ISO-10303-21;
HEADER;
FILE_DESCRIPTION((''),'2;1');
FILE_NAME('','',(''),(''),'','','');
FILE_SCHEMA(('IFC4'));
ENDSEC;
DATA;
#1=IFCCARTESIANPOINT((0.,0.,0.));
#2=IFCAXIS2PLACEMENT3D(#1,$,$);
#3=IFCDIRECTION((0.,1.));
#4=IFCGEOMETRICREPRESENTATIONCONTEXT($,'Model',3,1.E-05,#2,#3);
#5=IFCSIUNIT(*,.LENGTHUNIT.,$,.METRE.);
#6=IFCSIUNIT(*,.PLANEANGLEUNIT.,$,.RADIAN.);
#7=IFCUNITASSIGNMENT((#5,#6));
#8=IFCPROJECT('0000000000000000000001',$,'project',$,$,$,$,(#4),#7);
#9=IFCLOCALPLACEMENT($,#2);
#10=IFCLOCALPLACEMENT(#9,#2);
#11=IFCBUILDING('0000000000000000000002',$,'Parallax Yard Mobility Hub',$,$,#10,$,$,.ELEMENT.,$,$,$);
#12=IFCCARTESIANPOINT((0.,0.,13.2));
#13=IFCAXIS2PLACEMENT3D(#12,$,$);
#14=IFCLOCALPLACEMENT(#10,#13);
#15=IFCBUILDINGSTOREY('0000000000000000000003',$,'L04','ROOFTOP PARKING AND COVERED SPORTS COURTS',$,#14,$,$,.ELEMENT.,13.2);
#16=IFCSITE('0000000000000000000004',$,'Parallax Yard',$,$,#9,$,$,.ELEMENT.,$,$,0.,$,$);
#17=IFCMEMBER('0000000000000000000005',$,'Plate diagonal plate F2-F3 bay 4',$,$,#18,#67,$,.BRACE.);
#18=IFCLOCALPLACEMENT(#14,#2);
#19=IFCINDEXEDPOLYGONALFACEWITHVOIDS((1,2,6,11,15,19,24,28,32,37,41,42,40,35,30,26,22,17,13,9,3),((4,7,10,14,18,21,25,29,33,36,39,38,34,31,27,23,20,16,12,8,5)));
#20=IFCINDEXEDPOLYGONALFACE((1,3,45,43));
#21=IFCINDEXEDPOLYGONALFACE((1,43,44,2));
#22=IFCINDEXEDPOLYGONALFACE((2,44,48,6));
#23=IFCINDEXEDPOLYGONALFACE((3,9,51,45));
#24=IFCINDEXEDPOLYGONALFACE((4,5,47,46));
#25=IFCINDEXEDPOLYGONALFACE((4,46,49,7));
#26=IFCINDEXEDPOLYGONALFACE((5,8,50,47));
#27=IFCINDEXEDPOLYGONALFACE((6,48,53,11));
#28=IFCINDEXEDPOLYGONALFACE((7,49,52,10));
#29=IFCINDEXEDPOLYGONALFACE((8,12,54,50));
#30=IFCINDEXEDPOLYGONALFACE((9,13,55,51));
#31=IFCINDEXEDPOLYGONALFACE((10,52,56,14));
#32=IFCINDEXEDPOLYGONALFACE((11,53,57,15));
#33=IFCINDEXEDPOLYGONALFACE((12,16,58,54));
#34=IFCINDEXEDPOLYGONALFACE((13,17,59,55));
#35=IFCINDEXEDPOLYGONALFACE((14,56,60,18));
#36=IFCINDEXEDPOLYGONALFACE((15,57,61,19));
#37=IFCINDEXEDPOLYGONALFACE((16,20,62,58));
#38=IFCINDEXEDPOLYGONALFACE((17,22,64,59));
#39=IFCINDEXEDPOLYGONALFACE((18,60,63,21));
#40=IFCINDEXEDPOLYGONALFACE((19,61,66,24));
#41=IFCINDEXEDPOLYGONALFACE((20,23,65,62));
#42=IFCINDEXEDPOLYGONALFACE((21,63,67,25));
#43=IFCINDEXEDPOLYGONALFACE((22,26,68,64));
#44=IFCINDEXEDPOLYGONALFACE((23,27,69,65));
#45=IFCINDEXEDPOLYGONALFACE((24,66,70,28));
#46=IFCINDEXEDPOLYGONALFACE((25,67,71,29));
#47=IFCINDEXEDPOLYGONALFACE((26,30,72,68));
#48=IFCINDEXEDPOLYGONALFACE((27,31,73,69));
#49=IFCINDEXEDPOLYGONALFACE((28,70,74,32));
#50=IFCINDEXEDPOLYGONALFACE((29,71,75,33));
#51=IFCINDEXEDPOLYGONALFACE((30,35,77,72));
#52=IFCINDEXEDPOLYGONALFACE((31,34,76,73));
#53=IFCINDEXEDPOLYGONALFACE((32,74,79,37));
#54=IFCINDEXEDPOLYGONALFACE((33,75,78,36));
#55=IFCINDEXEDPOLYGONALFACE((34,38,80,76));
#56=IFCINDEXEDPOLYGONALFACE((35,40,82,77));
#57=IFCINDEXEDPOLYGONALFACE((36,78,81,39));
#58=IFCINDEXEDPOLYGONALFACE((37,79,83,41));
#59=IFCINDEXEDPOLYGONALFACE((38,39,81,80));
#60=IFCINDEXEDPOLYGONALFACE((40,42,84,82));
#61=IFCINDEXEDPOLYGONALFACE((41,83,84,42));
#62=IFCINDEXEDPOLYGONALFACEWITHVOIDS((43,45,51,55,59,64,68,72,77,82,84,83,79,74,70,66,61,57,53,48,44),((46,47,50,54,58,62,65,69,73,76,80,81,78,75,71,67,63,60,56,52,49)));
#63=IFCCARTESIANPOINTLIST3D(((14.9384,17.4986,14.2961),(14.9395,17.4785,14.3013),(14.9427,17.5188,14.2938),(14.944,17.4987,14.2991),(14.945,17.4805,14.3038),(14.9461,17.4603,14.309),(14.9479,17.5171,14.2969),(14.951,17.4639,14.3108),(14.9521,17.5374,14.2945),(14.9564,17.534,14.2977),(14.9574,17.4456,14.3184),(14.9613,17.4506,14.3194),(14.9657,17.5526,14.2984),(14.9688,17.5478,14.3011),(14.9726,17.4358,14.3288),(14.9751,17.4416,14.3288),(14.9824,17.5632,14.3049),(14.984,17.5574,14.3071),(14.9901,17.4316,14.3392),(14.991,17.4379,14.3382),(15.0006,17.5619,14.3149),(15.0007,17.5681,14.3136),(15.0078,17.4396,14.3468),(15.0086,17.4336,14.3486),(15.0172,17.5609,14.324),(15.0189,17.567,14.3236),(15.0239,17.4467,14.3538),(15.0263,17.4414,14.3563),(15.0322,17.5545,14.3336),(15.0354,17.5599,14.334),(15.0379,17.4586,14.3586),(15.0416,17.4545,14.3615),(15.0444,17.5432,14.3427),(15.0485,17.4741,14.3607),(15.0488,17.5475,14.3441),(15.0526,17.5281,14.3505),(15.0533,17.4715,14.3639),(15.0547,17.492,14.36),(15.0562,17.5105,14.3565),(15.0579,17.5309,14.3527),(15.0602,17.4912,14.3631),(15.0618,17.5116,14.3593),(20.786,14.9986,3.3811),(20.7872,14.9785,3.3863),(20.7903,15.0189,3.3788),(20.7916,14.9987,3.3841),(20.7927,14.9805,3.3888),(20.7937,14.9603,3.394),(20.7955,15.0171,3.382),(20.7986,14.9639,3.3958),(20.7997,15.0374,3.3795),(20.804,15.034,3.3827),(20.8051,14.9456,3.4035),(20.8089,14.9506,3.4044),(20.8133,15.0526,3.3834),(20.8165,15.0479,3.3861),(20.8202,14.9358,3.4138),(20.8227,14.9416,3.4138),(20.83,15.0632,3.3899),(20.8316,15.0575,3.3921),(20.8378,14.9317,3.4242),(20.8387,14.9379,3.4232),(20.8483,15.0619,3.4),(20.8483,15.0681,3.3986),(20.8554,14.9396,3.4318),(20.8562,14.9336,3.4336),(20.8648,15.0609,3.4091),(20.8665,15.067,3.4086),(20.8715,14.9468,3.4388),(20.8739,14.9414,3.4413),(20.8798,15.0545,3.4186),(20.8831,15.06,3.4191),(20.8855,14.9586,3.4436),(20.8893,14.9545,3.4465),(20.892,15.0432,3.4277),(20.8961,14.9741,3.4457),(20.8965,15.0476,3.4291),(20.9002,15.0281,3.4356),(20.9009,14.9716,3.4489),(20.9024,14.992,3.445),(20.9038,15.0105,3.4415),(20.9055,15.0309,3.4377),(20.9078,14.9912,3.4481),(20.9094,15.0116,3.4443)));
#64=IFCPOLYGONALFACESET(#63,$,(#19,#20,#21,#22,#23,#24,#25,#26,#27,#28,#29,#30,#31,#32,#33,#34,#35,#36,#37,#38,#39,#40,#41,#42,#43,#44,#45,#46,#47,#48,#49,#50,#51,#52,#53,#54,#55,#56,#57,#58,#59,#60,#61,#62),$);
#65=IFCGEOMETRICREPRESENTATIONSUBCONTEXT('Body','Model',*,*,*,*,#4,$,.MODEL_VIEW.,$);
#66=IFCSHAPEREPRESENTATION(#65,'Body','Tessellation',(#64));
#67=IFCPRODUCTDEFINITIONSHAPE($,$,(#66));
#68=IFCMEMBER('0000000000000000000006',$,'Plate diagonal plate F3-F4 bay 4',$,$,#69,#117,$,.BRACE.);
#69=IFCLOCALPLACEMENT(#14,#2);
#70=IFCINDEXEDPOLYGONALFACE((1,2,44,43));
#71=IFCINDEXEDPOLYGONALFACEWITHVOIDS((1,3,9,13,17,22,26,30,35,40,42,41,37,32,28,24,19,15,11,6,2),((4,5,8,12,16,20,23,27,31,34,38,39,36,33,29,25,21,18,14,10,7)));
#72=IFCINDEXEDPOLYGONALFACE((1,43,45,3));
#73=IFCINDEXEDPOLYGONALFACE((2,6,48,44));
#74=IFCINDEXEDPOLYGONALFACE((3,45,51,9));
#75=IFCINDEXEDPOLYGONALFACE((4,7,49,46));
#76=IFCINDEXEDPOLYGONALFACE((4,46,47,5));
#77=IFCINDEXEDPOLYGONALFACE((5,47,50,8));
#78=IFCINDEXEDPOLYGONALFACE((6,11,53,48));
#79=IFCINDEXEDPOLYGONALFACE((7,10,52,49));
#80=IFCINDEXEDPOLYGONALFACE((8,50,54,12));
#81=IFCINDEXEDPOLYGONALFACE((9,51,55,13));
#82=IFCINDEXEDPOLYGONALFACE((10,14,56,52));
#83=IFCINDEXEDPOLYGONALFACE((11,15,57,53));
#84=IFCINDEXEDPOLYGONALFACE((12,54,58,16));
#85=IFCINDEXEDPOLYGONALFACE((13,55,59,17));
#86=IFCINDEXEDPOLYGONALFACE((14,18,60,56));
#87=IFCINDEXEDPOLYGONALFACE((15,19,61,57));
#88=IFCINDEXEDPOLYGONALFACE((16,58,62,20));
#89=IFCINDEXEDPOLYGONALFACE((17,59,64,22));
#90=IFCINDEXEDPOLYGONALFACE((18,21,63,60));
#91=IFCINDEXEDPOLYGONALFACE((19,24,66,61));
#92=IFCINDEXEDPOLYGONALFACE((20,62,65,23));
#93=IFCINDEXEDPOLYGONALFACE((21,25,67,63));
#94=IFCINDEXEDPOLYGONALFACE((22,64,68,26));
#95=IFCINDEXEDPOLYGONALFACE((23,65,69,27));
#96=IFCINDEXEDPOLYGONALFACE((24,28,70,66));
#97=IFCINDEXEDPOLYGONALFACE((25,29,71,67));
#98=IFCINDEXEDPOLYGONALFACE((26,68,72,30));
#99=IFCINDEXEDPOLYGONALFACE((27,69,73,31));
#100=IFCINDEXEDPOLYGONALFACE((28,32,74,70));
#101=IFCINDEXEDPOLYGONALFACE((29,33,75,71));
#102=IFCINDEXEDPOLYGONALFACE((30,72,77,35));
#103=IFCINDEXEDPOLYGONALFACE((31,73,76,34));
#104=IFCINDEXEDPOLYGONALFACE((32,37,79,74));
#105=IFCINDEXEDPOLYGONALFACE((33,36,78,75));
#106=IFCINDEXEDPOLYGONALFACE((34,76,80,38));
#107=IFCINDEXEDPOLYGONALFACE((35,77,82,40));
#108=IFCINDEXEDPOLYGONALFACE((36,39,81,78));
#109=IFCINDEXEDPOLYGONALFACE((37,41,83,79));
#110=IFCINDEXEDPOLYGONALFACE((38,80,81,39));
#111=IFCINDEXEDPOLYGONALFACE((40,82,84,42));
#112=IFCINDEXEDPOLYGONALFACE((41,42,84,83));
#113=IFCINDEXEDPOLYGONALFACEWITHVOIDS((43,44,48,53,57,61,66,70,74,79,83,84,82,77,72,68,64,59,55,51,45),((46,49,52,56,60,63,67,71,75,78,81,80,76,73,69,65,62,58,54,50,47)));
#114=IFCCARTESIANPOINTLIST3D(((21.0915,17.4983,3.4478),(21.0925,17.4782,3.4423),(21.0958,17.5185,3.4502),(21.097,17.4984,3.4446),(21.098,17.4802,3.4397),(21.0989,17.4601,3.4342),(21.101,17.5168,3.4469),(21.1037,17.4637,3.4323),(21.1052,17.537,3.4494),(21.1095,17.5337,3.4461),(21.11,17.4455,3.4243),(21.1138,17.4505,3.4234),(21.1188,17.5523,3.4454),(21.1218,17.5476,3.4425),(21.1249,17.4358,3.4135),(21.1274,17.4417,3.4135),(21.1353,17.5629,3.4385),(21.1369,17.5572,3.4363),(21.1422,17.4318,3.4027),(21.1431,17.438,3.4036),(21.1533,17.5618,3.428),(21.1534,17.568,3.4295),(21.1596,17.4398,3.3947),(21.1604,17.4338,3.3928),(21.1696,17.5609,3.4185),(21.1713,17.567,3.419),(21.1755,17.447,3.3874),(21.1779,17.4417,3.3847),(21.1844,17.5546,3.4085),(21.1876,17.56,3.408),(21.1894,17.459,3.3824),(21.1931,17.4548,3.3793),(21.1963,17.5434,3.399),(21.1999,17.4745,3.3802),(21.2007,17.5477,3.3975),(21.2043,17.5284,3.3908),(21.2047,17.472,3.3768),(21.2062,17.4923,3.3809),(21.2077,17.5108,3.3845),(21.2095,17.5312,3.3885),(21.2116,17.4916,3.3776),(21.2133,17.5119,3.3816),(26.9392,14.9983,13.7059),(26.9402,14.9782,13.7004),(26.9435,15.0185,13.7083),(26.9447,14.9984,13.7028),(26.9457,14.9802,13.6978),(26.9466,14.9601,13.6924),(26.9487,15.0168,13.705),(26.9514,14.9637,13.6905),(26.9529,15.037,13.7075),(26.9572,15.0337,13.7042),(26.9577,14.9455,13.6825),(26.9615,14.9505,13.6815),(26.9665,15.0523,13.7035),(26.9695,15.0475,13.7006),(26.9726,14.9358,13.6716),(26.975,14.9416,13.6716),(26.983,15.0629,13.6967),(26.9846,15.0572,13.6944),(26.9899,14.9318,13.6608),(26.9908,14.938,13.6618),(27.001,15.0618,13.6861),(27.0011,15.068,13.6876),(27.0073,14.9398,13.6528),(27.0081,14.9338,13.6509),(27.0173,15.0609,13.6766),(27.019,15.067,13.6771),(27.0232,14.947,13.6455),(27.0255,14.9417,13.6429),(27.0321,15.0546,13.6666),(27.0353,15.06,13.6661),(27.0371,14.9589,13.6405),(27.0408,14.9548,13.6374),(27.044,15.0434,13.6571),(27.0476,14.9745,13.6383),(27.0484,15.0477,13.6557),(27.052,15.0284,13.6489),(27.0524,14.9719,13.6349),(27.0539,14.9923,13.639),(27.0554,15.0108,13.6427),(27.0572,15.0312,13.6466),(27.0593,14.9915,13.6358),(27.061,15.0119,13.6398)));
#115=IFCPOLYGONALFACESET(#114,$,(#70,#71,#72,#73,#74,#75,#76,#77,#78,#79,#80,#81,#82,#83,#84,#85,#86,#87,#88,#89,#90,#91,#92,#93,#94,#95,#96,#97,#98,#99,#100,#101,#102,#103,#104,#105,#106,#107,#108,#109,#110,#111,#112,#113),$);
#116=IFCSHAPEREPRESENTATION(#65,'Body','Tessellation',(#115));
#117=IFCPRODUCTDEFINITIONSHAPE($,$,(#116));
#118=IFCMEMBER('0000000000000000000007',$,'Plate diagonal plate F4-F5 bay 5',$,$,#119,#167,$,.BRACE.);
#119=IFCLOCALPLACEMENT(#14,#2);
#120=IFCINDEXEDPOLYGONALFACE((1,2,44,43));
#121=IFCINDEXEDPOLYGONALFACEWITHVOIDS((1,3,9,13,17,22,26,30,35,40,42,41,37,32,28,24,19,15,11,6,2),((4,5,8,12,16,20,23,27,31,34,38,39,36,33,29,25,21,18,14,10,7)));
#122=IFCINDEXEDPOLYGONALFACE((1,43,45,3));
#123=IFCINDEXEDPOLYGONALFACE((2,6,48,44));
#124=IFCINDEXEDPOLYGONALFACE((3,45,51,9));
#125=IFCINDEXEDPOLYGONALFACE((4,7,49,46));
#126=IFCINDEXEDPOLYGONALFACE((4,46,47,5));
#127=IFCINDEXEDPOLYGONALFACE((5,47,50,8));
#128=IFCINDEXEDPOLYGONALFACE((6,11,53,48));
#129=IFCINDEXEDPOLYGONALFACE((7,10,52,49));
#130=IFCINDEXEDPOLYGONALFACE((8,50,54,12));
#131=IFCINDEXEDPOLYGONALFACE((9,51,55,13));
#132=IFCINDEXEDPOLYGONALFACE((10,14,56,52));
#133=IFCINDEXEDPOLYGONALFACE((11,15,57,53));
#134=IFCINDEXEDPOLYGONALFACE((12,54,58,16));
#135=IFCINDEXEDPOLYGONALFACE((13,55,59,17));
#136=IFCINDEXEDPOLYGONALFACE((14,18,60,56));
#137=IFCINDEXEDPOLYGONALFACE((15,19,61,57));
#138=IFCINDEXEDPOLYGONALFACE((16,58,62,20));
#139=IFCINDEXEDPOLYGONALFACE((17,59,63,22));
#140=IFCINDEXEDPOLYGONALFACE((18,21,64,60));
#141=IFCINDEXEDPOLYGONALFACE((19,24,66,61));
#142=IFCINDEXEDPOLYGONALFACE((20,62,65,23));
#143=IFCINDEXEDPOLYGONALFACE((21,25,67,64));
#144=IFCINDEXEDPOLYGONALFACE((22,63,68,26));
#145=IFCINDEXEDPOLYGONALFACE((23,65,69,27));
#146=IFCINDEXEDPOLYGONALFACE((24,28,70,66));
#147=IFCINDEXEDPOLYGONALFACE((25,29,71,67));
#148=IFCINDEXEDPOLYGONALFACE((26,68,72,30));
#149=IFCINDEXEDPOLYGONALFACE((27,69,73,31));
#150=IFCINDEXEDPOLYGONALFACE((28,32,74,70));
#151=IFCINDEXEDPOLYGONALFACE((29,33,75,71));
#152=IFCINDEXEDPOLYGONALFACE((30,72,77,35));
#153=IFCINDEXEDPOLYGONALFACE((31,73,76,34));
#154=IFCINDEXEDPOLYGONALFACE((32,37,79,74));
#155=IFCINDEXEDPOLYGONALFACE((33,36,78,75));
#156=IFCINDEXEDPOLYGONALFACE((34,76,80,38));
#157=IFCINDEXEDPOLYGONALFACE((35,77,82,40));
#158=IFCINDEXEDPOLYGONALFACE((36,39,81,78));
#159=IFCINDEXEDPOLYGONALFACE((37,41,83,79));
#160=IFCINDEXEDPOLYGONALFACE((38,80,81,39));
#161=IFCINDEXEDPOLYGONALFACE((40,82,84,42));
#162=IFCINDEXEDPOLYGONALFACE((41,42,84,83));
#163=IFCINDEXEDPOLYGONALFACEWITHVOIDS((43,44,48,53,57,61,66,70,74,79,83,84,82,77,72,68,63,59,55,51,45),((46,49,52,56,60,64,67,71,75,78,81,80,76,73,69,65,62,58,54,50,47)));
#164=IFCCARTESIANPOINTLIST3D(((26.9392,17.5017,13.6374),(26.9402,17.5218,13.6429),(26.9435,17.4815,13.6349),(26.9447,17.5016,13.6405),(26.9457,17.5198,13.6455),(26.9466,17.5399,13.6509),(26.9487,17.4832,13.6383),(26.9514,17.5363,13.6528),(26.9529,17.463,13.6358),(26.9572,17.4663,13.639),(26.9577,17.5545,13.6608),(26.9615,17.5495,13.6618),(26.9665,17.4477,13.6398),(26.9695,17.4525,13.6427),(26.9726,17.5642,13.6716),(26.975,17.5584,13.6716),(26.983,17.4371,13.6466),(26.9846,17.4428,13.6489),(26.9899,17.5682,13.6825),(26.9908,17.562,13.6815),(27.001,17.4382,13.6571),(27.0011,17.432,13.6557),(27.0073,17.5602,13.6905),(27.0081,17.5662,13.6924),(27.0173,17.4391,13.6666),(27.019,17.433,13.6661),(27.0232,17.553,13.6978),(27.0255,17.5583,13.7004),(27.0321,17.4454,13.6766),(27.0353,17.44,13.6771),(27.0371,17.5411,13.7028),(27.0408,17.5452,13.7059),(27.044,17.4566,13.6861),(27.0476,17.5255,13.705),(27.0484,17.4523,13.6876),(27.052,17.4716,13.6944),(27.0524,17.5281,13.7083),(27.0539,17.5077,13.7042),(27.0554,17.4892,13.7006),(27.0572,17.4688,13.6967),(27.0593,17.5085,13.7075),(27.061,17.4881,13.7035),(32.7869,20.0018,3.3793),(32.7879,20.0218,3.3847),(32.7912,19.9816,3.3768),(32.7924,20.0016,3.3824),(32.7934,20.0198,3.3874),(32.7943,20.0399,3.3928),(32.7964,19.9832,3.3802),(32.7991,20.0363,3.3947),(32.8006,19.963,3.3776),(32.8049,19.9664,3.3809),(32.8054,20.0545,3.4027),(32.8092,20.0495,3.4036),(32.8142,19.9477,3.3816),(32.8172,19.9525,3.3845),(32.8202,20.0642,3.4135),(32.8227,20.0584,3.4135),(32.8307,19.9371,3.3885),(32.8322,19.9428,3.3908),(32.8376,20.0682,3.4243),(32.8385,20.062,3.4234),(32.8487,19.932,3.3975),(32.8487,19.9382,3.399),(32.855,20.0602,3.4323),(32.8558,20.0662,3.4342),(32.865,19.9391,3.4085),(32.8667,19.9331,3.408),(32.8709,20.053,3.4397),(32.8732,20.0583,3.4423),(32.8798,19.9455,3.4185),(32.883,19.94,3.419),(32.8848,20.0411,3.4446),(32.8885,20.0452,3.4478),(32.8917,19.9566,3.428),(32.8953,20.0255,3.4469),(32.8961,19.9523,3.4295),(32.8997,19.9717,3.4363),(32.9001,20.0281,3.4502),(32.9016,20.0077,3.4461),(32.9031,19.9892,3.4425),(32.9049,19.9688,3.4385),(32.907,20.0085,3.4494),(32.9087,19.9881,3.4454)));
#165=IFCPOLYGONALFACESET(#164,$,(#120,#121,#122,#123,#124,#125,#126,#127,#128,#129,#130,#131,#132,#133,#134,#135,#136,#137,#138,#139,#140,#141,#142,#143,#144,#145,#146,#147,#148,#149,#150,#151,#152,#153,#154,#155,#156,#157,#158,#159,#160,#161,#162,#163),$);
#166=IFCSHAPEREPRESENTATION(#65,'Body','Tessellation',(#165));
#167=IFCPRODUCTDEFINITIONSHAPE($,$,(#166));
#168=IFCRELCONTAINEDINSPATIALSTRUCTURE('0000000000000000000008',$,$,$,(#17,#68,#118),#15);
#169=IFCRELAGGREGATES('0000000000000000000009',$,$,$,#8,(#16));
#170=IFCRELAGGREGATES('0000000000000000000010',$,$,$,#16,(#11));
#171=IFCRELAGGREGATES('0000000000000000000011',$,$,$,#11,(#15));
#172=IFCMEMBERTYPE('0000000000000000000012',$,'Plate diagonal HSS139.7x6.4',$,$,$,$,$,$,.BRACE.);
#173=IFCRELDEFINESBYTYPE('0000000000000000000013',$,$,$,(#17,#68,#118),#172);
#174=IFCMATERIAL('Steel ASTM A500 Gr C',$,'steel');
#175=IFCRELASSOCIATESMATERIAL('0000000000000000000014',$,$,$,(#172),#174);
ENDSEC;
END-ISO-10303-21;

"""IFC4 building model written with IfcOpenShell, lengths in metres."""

from ifc_helpers import new_model, si_unit, direction, frame, origin, origin_2d, place, context, subcontext, project, spatial, hollow_circle, extrude, material, material_profile, profile_set, type_object, element, save


model = new_model("IFC4")

# Units and contexts
model_context = context("Model", 3, precision=1e-05, world=origin(), true_north=direction((0.0, 1.0)))
body_context = subcontext(model_context, "Body", "Model", "MODEL_VIEW")
ifc_project = project(units=[si_unit("LENGTHUNIT", "METRE"), si_unit("PLANEANGLEUNIT", "RADIAN")], contexts=[model_context])

# Site, building, storey
site_placement = place(None, origin())
site = spatial("IfcSite", under=ifc_project, at=site_placement, Name="Parallax Yard", CompositionType="ELEMENT", RefElevation=0.0)
building_placement = place(site_placement, origin())
building = spatial("IfcBuilding", under=site, at=building_placement, Name="Parallax Yard Mobility Hub", CompositionType="ELEMENT")
storey_placement = place(building_placement, frame((0.0, 0.0, 13.2)))
storey = spatial("IfcBuildingStorey", under=building, at=storey_placement, Name="L04", Description="ROOFTOP PARKING AND COVERED SPORTS COURTS", CompositionType="ELEMENT", Elevation=13.2)

# Members
ifc_material_1 = material(Name="Steel ASTM A500 Gr C", Category="steel")
ifc_material_profile_1 = material_profile(ifc_material_1, hollow_circle(Radius=0.0698, WallThickness=0.0063, at=origin_2d()), Name="HSS139.7x6.4")
ifc_profile_set_1 = profile_set([ifc_material_profile_1], Name="Steel ASTM A500 Gr C")
member_type_1 = type_object("IfcMemberType", Name="Plate diagonal HSS139.7x6.4", PredefinedType="BRACE", material=ifc_profile_set_1)
member_1_placement = place(storey_placement, frame((20.8477, 15.0, 3.4138), z_axis=(-0.462901, 0.1979, 0.864036), x_axis=(-0.393104, -0.919494, 0.0)))
element("IfcMember", 1, at=member_1_placement, inside=storey, type_object=member_type_1, Name="Plate diagonal plate F2-F3 bay 4", PredefinedType="BRACE", context=body_context, shape_type="SweptSolid", body=[
    extrude(hollow_circle(Radius=0.0698, WallThickness=0.0063, at=origin_2d()), origin(), (0.0, 0.0, 1.0), 12.6326),
])
for number, where, z_axis, x_axis, name in (
    (2, (27.0, 15.0, 13.6716), (-0.484499, 0.207134, -0.849916), (-0.393104, -0.919494, 0.0), "Plate diagonal plate F3-F4 bay 4"),
    (3, (27.0, 17.5, 13.6716), (0.484499, 0.207134, -0.849916), (-0.393104, 0.919494, 0.0), "Plate diagonal plate F4-F5 bay 5"),
):
    element("IfcMember", number, at=place(storey_placement, frame(where, z_axis=z_axis, x_axis=x_axis)), inside=storey, type_object=member_type_1, Name=name, PredefinedType="BRACE", context=body_context, shape_type="SweptSolid", body=[
        extrude(hollow_circle(Radius=0.0698, WallThickness=0.0063, at=origin_2d()), origin(), (0.0, 0.0, 1.0), 12.0696),
    ])

save(model, "model.ifc")
